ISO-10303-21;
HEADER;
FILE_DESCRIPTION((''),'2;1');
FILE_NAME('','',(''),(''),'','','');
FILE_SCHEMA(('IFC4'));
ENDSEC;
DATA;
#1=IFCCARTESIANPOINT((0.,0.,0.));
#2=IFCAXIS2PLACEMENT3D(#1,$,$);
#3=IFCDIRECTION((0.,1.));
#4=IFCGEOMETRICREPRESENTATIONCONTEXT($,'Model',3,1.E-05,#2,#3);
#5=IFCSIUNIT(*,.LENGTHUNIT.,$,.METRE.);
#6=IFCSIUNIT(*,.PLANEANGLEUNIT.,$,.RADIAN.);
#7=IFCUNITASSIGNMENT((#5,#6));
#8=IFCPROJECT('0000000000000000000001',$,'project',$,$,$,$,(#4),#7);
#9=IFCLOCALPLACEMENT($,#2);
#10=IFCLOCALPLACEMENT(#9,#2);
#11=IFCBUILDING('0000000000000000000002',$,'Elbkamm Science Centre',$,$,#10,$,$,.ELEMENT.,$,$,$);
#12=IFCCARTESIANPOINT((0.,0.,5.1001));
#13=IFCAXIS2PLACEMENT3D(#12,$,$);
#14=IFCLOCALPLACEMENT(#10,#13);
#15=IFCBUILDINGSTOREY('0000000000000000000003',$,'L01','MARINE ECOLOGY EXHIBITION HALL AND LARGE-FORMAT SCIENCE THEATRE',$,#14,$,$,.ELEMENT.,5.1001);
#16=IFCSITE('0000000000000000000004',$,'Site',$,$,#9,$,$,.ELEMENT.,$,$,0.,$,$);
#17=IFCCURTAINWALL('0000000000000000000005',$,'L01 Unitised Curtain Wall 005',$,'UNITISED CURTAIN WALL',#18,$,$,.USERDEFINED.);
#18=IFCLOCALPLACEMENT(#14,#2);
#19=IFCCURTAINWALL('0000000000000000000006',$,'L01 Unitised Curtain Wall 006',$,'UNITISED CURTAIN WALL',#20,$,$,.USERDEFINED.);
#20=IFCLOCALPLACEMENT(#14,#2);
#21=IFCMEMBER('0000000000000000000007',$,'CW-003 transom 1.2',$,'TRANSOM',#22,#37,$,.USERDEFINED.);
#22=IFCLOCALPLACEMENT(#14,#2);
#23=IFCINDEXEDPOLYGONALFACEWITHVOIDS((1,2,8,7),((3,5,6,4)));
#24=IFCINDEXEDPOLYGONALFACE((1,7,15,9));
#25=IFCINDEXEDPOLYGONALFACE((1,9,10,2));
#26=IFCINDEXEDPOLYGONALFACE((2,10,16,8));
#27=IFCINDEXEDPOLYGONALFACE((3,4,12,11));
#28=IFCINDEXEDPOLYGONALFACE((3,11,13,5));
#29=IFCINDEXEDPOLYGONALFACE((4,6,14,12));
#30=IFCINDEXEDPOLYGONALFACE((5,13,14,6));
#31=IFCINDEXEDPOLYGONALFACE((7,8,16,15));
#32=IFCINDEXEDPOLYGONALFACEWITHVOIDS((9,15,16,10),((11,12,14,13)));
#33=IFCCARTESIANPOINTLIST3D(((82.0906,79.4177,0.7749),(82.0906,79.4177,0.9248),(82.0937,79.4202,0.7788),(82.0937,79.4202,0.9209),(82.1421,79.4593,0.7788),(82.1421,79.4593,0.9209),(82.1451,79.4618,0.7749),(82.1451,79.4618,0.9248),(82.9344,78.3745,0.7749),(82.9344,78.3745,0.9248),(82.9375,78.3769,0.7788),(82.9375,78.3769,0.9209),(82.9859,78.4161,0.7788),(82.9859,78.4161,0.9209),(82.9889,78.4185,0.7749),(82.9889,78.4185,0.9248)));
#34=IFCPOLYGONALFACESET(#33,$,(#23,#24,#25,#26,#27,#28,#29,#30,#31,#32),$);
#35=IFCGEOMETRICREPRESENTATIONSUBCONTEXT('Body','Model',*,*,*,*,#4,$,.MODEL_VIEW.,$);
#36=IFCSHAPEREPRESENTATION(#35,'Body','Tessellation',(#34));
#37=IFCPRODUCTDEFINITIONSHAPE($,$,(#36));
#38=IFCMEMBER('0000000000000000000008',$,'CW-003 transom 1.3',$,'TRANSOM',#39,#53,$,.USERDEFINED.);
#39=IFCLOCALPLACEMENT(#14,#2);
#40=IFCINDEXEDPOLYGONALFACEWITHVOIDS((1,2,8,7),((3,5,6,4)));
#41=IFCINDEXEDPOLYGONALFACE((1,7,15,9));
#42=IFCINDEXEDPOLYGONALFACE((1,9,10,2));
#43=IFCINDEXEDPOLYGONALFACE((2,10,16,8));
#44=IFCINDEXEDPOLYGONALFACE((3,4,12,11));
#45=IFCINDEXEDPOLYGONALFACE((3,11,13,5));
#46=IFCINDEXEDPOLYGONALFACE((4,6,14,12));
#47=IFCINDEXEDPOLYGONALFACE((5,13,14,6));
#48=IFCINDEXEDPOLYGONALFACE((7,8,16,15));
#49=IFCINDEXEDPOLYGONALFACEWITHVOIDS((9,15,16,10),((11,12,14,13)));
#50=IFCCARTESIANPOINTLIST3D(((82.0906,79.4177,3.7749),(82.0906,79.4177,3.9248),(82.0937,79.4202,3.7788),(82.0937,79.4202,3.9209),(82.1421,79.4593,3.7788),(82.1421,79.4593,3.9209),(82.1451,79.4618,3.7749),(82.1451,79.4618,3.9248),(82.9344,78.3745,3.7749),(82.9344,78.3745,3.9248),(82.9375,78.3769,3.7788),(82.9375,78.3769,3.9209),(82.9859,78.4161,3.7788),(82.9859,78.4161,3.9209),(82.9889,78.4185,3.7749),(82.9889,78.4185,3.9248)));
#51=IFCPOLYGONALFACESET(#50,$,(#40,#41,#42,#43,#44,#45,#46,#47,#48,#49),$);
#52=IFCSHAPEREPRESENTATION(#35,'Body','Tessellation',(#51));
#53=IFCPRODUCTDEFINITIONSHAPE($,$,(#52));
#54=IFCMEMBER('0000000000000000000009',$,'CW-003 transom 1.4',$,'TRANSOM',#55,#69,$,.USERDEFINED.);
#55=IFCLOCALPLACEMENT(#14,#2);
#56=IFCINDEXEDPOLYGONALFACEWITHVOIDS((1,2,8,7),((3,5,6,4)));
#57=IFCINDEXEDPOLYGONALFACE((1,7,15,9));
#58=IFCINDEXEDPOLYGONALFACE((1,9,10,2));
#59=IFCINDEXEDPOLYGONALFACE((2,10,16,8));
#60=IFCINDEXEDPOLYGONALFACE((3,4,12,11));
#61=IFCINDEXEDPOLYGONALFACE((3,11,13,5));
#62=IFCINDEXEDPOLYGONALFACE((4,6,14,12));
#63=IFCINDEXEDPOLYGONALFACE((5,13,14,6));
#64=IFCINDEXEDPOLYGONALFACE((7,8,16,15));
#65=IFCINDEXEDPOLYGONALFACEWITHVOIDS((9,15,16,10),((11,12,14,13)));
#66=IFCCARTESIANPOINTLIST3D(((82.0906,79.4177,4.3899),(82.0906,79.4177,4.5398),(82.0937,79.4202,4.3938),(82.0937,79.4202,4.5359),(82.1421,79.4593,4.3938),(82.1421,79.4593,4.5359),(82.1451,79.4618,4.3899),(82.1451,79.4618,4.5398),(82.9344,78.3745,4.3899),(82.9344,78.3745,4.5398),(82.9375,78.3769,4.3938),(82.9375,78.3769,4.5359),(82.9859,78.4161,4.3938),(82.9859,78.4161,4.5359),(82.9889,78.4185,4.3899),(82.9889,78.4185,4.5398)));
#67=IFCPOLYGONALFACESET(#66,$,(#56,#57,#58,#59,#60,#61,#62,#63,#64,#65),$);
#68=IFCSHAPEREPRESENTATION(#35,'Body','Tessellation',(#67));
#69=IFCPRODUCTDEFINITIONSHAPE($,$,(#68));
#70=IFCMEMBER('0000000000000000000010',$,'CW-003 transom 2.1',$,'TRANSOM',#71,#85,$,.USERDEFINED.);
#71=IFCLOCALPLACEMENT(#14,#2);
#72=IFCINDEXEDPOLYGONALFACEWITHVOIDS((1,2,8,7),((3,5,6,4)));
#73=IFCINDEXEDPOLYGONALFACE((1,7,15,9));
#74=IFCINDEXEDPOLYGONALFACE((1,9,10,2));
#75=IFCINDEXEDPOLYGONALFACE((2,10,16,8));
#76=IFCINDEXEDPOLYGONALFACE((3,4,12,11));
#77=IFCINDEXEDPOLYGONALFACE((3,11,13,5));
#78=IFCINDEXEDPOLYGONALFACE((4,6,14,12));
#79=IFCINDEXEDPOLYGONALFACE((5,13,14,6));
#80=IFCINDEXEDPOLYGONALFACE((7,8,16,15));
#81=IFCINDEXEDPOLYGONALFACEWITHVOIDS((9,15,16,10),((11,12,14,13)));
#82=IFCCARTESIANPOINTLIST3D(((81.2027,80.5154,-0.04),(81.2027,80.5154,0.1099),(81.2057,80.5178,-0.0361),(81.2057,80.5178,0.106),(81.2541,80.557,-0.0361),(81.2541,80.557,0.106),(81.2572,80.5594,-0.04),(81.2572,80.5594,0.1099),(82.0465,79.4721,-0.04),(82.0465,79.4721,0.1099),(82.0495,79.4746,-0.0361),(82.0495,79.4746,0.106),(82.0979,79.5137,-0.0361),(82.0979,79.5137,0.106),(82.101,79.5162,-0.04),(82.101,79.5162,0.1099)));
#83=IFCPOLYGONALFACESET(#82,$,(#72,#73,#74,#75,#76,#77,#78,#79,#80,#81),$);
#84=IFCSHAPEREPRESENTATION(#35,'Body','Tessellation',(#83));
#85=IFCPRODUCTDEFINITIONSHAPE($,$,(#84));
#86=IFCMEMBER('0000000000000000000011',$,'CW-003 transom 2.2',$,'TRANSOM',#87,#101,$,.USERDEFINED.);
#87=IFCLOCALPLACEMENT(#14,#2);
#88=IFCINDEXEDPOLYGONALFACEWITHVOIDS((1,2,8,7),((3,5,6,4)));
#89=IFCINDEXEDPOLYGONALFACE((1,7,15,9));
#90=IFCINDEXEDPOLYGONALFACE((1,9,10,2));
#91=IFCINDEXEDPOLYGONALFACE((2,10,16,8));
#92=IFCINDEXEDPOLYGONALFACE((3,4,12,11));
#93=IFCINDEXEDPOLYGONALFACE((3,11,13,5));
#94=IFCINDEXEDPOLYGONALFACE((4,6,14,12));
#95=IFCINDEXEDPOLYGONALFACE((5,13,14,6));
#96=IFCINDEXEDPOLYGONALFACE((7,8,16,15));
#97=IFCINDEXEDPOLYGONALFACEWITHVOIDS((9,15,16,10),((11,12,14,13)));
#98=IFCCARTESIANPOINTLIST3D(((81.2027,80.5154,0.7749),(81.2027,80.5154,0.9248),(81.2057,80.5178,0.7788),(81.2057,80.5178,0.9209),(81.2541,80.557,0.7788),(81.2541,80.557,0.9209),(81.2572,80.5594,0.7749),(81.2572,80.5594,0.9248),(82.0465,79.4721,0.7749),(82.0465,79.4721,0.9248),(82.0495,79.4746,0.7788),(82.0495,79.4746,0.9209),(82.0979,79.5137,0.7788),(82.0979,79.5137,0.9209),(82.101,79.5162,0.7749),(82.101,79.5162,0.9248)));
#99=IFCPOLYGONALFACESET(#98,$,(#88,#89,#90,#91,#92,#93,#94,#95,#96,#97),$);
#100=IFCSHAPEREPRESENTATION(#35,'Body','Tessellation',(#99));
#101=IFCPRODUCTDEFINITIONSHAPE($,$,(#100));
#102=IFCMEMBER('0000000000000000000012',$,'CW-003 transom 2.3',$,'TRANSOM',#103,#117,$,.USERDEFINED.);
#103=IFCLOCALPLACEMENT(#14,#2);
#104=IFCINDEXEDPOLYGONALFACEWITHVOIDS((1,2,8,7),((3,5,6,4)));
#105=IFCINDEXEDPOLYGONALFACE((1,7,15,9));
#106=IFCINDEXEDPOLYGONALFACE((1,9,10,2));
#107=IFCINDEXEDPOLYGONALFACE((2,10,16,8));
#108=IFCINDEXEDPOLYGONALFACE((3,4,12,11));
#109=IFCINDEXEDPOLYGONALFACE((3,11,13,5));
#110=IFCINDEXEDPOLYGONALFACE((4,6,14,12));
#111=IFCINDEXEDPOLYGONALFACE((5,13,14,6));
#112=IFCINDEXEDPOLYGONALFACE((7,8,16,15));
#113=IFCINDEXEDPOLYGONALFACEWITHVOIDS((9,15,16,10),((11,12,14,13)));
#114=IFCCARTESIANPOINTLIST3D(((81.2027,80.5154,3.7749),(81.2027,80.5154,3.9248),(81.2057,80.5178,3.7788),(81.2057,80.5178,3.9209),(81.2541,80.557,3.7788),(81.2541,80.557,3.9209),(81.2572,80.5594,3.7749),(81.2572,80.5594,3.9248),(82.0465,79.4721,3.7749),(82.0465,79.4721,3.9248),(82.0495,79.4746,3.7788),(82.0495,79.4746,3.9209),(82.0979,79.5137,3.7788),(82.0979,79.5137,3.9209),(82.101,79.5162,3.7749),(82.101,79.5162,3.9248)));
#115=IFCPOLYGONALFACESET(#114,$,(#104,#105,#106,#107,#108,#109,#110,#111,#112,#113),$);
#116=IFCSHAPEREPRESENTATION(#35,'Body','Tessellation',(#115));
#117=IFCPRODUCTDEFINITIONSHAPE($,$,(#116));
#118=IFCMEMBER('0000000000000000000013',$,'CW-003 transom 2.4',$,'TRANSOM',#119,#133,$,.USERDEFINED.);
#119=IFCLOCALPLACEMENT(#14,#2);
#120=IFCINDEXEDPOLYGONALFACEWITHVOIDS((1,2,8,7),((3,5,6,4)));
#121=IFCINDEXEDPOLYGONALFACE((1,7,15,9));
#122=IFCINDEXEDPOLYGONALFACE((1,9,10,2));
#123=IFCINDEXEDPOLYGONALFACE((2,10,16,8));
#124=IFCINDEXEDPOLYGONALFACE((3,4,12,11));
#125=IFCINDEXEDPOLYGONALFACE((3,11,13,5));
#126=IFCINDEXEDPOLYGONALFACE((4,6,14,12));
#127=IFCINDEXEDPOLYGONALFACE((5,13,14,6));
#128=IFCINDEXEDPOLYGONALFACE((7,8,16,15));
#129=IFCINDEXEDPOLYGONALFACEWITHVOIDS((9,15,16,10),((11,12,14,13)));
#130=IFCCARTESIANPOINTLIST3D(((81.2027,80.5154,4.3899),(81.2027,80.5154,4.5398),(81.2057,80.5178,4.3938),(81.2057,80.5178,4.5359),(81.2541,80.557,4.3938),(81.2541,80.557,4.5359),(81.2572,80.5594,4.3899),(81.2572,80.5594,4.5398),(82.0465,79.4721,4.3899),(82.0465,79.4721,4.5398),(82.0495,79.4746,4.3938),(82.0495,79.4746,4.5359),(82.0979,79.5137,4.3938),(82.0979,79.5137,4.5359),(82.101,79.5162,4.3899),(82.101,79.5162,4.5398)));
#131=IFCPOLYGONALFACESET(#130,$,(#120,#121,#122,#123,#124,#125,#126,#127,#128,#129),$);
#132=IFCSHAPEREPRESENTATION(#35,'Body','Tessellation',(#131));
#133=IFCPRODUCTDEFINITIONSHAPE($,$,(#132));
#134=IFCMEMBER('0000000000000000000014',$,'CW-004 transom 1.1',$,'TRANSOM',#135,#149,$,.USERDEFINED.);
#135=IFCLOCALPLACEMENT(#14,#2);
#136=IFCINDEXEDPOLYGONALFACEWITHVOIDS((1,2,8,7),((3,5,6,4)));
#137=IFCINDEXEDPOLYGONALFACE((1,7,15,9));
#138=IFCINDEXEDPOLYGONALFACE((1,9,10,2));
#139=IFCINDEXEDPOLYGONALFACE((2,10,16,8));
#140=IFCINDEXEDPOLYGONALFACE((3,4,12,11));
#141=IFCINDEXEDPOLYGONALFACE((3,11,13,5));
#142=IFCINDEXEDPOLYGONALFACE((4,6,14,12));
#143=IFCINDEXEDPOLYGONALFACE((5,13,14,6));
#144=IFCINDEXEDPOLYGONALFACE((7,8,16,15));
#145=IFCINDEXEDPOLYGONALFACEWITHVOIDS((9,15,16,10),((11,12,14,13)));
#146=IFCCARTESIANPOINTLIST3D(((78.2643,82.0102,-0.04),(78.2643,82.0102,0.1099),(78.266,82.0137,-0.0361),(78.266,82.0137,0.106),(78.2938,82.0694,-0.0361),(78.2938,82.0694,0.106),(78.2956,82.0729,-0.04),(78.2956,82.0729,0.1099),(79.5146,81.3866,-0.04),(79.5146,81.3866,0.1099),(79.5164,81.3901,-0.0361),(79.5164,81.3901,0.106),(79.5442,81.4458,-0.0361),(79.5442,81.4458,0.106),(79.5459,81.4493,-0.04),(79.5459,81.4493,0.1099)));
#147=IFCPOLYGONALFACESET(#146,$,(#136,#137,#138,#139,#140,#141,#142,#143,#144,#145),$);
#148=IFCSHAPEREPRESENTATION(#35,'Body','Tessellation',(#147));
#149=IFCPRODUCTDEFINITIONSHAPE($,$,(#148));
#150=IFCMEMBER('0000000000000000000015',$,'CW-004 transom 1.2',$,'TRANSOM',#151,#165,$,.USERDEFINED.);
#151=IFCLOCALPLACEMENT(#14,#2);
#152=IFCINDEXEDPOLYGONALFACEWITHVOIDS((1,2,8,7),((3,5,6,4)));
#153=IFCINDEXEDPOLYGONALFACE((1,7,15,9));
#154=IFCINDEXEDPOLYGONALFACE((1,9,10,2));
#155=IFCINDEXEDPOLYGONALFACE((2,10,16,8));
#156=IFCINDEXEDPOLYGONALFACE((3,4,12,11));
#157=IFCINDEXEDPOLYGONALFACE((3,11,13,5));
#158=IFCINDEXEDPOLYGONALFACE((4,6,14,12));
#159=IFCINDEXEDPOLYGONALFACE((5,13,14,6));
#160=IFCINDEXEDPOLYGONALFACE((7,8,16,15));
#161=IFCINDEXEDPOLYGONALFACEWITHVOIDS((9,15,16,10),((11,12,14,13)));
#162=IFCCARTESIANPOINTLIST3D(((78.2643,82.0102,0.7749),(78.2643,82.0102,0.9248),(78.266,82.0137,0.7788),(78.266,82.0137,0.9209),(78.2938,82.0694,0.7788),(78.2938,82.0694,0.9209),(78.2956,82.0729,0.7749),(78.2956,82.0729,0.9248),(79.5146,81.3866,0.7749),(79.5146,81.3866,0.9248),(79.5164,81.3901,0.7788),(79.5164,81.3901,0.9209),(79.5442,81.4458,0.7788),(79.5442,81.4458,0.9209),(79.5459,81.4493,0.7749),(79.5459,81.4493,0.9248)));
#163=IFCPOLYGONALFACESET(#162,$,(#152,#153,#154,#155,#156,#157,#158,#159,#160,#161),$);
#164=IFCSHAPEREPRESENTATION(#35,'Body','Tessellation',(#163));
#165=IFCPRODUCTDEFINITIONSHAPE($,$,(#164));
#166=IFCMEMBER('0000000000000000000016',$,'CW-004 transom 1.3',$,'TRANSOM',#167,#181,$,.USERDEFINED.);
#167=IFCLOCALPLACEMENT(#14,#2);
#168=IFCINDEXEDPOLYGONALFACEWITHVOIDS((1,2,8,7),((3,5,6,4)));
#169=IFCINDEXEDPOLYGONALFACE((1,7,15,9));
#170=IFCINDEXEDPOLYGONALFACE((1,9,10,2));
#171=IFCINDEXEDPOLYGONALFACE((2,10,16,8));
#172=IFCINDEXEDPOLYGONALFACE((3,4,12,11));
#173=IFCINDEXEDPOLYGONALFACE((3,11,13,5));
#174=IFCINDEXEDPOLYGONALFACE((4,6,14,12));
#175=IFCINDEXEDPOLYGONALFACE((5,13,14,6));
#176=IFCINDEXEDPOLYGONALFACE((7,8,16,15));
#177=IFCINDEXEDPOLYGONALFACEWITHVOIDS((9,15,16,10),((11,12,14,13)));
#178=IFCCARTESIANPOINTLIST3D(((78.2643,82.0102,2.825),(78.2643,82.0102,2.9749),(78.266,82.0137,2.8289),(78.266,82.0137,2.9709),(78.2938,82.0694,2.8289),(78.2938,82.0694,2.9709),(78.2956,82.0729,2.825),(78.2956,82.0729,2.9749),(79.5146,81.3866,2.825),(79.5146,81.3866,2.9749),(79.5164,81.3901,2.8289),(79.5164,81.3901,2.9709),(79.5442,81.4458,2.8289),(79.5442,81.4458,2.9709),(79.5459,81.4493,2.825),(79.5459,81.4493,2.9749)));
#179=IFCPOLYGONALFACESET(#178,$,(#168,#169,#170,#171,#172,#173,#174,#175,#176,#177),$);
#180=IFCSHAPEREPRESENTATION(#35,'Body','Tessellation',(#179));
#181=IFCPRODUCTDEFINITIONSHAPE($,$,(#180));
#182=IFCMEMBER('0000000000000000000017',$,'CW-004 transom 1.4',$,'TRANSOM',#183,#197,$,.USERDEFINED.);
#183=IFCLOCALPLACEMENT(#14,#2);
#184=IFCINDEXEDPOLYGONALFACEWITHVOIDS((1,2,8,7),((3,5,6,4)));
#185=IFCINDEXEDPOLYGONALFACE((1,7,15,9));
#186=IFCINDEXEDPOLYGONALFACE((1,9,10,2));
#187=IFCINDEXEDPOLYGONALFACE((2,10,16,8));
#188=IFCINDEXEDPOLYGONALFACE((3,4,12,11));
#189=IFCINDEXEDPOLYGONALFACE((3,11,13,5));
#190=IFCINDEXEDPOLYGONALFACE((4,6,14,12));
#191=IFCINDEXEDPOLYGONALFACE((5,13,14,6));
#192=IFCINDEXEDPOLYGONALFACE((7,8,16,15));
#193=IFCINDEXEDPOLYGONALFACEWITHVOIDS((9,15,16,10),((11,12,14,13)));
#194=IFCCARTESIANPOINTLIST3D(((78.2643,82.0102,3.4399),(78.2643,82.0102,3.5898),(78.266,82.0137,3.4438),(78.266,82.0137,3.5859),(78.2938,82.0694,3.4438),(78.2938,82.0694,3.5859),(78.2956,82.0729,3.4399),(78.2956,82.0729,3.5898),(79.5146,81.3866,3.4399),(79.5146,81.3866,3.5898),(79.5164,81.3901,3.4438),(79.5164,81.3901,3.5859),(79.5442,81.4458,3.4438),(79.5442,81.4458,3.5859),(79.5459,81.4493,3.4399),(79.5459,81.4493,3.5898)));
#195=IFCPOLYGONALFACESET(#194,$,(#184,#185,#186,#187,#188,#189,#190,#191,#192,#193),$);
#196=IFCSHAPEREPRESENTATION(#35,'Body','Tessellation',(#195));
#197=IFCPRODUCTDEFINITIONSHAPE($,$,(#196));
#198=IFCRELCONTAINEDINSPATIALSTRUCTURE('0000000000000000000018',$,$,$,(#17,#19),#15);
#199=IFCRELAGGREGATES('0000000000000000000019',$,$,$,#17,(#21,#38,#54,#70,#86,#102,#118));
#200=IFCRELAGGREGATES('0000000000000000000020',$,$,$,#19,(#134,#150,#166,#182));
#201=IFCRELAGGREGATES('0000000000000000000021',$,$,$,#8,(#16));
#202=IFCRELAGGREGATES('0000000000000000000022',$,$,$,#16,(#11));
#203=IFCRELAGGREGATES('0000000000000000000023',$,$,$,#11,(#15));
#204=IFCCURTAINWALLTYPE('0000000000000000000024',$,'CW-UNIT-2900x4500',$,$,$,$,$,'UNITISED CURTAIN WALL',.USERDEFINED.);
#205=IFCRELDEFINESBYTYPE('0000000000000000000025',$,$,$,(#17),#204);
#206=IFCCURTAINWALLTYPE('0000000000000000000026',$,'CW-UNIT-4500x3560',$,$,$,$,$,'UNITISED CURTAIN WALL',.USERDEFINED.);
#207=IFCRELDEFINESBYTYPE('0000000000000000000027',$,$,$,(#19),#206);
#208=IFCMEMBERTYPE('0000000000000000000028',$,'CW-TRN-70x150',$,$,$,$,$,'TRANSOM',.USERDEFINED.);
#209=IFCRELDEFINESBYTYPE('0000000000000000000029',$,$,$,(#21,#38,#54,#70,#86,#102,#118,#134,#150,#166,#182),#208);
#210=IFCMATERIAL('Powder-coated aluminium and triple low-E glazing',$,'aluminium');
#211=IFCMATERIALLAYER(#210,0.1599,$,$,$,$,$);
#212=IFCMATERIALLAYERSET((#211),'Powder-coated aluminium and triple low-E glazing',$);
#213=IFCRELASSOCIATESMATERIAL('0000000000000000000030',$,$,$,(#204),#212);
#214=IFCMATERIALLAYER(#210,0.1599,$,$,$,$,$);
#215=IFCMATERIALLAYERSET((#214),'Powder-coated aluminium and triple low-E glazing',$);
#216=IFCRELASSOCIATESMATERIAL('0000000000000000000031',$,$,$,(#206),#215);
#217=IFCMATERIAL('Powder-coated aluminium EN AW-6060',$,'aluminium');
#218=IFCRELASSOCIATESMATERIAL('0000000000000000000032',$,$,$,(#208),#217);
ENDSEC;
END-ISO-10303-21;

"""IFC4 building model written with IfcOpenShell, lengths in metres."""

from ifc_helpers import new_model, si_unit, direction, frame, origin, origin_2d, place, context, subcontext, project, spatial, hollow_rectangle, extrude, material, layer, layer_set, material_profile, profile_set, type_object, element, aggregate, save


model = new_model("IFC4")

# Units and contexts
model_context = context("Model", 3, precision=1e-05, world=origin(), true_north=direction((0.0, 1.0)))
body_context = subcontext(model_context, "Body", "Model", "MODEL_VIEW")
ifc_project = project(units=[si_unit("LENGTHUNIT", "METRE"), si_unit("PLANEANGLEUNIT", "RADIAN")], contexts=[model_context])

# Site, building, storey
site_placement = place(None, origin())
site = spatial("IfcSite", under=ifc_project, at=site_placement, Name="Site", CompositionType="ELEMENT", RefElevation=0.0)
building_placement = place(site_placement, origin())
building = spatial("IfcBuilding", under=site, at=building_placement, Name="Elbkamm Science Centre", CompositionType="ELEMENT")
storey_placement = place(building_placement, frame((0.0, 0.0, 5.1001)))
storey = spatial("IfcBuildingStorey", under=building, at=storey_placement, Name="L01", Description="MARINE ECOLOGY EXHIBITION HALL AND LARGE-FORMAT SCIENCE THEATRE", CompositionType="ELEMENT", Elevation=5.1001)

# Curtain wall
ifc_material_1 = material(Name="Powder-coated aluminium and triple low-E glazing", Category="aluminium")
ifc_layer_1 = layer(ifc_material_1, 0.1599)
ifc_layer_set_1 = layer_set([ifc_layer_1], Name="Powder-coated aluminium and triple low-E glazing")
curtain_wall_type_1 = type_object("IfcCurtainWallType", Name="CW-UNIT-2900x4500", ElementType="UNITISED CURTAIN WALL", PredefinedType="USERDEFINED", material=ifc_layer_set_1)
curtain_wall_1_placement = place(storey_placement, origin())
curtain_wall_1 = element("IfcCurtainWall", 1, at=curtain_wall_1_placement, inside=storey, type_object=curtain_wall_type_1, Name="L01 Unitised Curtain Wall 005", ObjectType="UNITISED CURTAIN WALL", PredefinedType="USERDEFINED")
ifc_material_2 = material(Name="Powder-coated aluminium EN AW-6060", Category="aluminium")

# Curtain wall
ifc_layer_2 = layer(ifc_material_1, 0.1599)
ifc_layer_set_2 = layer_set([ifc_layer_2], Name="Powder-coated aluminium and triple low-E glazing")
curtain_wall_type_2 = type_object("IfcCurtainWallType", Name="CW-UNIT-4500x3560", ElementType="UNITISED CURTAIN WALL", PredefinedType="USERDEFINED", material=ifc_layer_set_2)
curtain_wall_2_placement = place(storey_placement, origin())
curtain_wall_2 = element("IfcCurtainWall", 2, at=curtain_wall_2_placement, inside=storey, type_object=curtain_wall_type_2, Name="L01 Unitised Curtain Wall 006", ObjectType="UNITISED CURTAIN WALL", PredefinedType="USERDEFINED")

# Members
ifc_material_profile_1 = material_profile(ifc_material_2, hollow_rectangle(XDim=0.0701, YDim=0.1499, WallThickness=0.0039, at=origin_2d()), Name="ALU T70x150")
ifc_profile_set_1 = profile_set([ifc_material_profile_1], Name="Powder-coated aluminium EN AW-6060")
member_type_1 = type_object("IfcMemberType", Name="CW-TRN-70x150", ElementType="TRANSOM", PredefinedType="USERDEFINED", material=ifc_profile_set_1)
member_1_placement = place(storey_placement, frame((82.9617, 78.3965, 0.8499), z_axis=(-0.628858, 0.77752, 0.0), x_axis=(-0.77752, -0.628858, 0.0)))
member_1 = element("IfcMember", 3, at=member_1_placement, type_object=member_type_1, Name="CW-003 transom 1.2", ObjectType="TRANSOM", PredefinedType="USERDEFINED", context=body_context, shape_type="SweptSolid", body=[
    extrude(hollow_rectangle(XDim=0.0701, YDim=0.1499, WallThickness=0.0039, at=origin_2d()), origin(), (0.0, 0.0, 1.0), 1.3418),
])
member_2_placement = place(storey_placement, frame((82.9617, 78.3965, 3.8499), z_axis=(-0.628858, 0.77752, 0.0), x_axis=(-0.77752, -0.628858, 0.0)))
member_2 = element("IfcMember", 4, at=member_2_placement, type_object=member_type_1, Name="CW-003 transom 1.3", ObjectType="TRANSOM", PredefinedType="USERDEFINED", context=body_context, shape_type="SweptSolid", body=[
    extrude(hollow_rectangle(XDim=0.0701, YDim=0.1499, WallThickness=0.0039, at=origin_2d()), origin(), (0.0, 0.0, 1.0), 1.3418),
])
member_3_placement = place(storey_placement, frame((82.9617, 78.3965, 4.4648), z_axis=(-0.628858, 0.77752, 0.0), x_axis=(-0.77752, -0.628858, 0.0)))
member_3 = element("IfcMember", 5, at=member_3_placement, type_object=member_type_1, Name="CW-003 transom 1.4", ObjectType="TRANSOM", PredefinedType="USERDEFINED", context=body_context, shape_type="SweptSolid", body=[
    extrude(hollow_rectangle(XDim=0.0701, YDim=0.1499, WallThickness=0.0039, at=origin_2d()), origin(), (0.0, 0.0, 1.0), 1.3418),
])
member_4_placement = place(storey_placement, frame((82.0737, 79.4941, 0.0349), z_axis=(-0.628858, 0.77752, 0.0), x_axis=(-0.77752, -0.628858, 0.0)))
member_4 = element("IfcMember", 6, at=member_4_placement, type_object=member_type_1, Name="CW-003 transom 2.1", ObjectType="TRANSOM", PredefinedType="USERDEFINED", context=body_context, shape_type="SweptSolid", body=[
    extrude(hollow_rectangle(XDim=0.0701, YDim=0.1499, WallThickness=0.0039, at=origin_2d()), origin(), (0.0, 0.0, 1.0), 1.3418),
])
member_5_placement = place(storey_placement, frame((82.0737, 79.4941, 0.8499), z_axis=(-0.628858, 0.77752, 0.0), x_axis=(-0.77752, -0.628858, 0.0)))
member_5 = element("IfcMember", 7, at=member_5_placement, type_object=member_type_1, Name="CW-003 transom 2.2", ObjectType="TRANSOM", PredefinedType="USERDEFINED", context=body_context, shape_type="SweptSolid", body=[
    extrude(hollow_rectangle(XDim=0.0701, YDim=0.1499, WallThickness=0.0039, at=origin_2d()), origin(), (0.0, 0.0, 1.0), 1.3418),
])
member_6_placement = place(storey_placement, frame((82.0737, 79.4941, 3.8499), z_axis=(-0.628858, 0.77752, 0.0), x_axis=(-0.77752, -0.628858, 0.0)))
member_6 = element("IfcMember", 8, at=member_6_placement, type_object=member_type_1, Name="CW-003 transom 2.3", ObjectType="TRANSOM", PredefinedType="USERDEFINED", context=body_context, shape_type="SweptSolid", body=[
    extrude(hollow_rectangle(XDim=0.0701, YDim=0.1499, WallThickness=0.0039, at=origin_2d()), origin(), (0.0, 0.0, 1.0), 1.3418),
])
member_7_placement = place(storey_placement, frame((82.0737, 79.4941, 4.4648), z_axis=(-0.628858, 0.77752, 0.0), x_axis=(-0.77752, -0.628858, 0.0)))
member_7 = element("IfcMember", 9, at=member_7_placement, type_object=member_type_1, Name="CW-003 transom 2.4", ObjectType="TRANSOM", PredefinedType="USERDEFINED", context=body_context, shape_type="SweptSolid", body=[
    extrude(hollow_rectangle(XDim=0.0701, YDim=0.1499, WallThickness=0.0039, at=origin_2d()), origin(), (0.0, 0.0, 1.0), 1.3418),
])
member_8_placement = place(storey_placement, frame((79.5303, 81.418, 0.0349), z_axis=(-0.894881, 0.446305, 0.0), x_axis=(-0.446305, -0.894881, 0.0)))
member_8 = element("IfcMember", 10, at=member_8_placement, type_object=member_type_1, Name="CW-004 transom 1.1", ObjectType="TRANSOM", PredefinedType="USERDEFINED", context=body_context, shape_type="SweptSolid", body=[
    extrude(hollow_rectangle(XDim=0.0701, YDim=0.1499, WallThickness=0.0039, at=origin_2d()), origin(), (0.0, 0.0, 1.0), 1.3972),
])
member_9_placement = place(storey_placement, frame((79.5303, 81.418, 0.8499), z_axis=(-0.894881, 0.446305, 0.0), x_axis=(-0.446305, -0.894881, 0.0)))
member_9 = element("IfcMember", 11, at=member_9_placement, type_object=member_type_1, Name="CW-004 transom 1.2", ObjectType="TRANSOM", PredefinedType="USERDEFINED", context=body_context, shape_type="SweptSolid", body=[
    extrude(hollow_rectangle(XDim=0.0701, YDim=0.1499, WallThickness=0.0039, at=origin_2d()), origin(), (0.0, 0.0, 1.0), 1.3972),
])
member_10_placement = place(storey_placement, frame((79.5303, 81.418, 2.8999), z_axis=(-0.894881, 0.446305, 0.0), x_axis=(-0.446305, -0.894881, 0.0)))
member_10 = element("IfcMember", 12, at=member_10_placement, type_object=member_type_1, Name="CW-004 transom 1.3", ObjectType="TRANSOM", PredefinedType="USERDEFINED", context=body_context, shape_type="SweptSolid", body=[
    extrude(hollow_rectangle(XDim=0.0701, YDim=0.1499, WallThickness=0.0039, at=origin_2d()), origin(), (0.0, 0.0, 1.0), 1.3972),
])
member_11_placement = place(storey_placement, frame((79.5303, 81.418, 3.5149), z_axis=(-0.894881, 0.446305, 0.0), x_axis=(-0.446305, -0.894881, 0.0)))
member_11 = element("IfcMember", 13, at=member_11_placement, type_object=member_type_1, Name="CW-004 transom 1.4", ObjectType="TRANSOM", PredefinedType="USERDEFINED", context=body_context, shape_type="SweptSolid", body=[
    extrude(hollow_rectangle(XDim=0.0701, YDim=0.1499, WallThickness=0.0039, at=origin_2d()), origin(), (0.0, 0.0, 1.0), 1.3972),
])

aggregate(curtain_wall_1, [member_1, member_2, member_3, member_4, member_5, member_6, member_7])
aggregate(curtain_wall_2, [member_8, member_9, member_10, member_11])

save(model, "model.ifc")
